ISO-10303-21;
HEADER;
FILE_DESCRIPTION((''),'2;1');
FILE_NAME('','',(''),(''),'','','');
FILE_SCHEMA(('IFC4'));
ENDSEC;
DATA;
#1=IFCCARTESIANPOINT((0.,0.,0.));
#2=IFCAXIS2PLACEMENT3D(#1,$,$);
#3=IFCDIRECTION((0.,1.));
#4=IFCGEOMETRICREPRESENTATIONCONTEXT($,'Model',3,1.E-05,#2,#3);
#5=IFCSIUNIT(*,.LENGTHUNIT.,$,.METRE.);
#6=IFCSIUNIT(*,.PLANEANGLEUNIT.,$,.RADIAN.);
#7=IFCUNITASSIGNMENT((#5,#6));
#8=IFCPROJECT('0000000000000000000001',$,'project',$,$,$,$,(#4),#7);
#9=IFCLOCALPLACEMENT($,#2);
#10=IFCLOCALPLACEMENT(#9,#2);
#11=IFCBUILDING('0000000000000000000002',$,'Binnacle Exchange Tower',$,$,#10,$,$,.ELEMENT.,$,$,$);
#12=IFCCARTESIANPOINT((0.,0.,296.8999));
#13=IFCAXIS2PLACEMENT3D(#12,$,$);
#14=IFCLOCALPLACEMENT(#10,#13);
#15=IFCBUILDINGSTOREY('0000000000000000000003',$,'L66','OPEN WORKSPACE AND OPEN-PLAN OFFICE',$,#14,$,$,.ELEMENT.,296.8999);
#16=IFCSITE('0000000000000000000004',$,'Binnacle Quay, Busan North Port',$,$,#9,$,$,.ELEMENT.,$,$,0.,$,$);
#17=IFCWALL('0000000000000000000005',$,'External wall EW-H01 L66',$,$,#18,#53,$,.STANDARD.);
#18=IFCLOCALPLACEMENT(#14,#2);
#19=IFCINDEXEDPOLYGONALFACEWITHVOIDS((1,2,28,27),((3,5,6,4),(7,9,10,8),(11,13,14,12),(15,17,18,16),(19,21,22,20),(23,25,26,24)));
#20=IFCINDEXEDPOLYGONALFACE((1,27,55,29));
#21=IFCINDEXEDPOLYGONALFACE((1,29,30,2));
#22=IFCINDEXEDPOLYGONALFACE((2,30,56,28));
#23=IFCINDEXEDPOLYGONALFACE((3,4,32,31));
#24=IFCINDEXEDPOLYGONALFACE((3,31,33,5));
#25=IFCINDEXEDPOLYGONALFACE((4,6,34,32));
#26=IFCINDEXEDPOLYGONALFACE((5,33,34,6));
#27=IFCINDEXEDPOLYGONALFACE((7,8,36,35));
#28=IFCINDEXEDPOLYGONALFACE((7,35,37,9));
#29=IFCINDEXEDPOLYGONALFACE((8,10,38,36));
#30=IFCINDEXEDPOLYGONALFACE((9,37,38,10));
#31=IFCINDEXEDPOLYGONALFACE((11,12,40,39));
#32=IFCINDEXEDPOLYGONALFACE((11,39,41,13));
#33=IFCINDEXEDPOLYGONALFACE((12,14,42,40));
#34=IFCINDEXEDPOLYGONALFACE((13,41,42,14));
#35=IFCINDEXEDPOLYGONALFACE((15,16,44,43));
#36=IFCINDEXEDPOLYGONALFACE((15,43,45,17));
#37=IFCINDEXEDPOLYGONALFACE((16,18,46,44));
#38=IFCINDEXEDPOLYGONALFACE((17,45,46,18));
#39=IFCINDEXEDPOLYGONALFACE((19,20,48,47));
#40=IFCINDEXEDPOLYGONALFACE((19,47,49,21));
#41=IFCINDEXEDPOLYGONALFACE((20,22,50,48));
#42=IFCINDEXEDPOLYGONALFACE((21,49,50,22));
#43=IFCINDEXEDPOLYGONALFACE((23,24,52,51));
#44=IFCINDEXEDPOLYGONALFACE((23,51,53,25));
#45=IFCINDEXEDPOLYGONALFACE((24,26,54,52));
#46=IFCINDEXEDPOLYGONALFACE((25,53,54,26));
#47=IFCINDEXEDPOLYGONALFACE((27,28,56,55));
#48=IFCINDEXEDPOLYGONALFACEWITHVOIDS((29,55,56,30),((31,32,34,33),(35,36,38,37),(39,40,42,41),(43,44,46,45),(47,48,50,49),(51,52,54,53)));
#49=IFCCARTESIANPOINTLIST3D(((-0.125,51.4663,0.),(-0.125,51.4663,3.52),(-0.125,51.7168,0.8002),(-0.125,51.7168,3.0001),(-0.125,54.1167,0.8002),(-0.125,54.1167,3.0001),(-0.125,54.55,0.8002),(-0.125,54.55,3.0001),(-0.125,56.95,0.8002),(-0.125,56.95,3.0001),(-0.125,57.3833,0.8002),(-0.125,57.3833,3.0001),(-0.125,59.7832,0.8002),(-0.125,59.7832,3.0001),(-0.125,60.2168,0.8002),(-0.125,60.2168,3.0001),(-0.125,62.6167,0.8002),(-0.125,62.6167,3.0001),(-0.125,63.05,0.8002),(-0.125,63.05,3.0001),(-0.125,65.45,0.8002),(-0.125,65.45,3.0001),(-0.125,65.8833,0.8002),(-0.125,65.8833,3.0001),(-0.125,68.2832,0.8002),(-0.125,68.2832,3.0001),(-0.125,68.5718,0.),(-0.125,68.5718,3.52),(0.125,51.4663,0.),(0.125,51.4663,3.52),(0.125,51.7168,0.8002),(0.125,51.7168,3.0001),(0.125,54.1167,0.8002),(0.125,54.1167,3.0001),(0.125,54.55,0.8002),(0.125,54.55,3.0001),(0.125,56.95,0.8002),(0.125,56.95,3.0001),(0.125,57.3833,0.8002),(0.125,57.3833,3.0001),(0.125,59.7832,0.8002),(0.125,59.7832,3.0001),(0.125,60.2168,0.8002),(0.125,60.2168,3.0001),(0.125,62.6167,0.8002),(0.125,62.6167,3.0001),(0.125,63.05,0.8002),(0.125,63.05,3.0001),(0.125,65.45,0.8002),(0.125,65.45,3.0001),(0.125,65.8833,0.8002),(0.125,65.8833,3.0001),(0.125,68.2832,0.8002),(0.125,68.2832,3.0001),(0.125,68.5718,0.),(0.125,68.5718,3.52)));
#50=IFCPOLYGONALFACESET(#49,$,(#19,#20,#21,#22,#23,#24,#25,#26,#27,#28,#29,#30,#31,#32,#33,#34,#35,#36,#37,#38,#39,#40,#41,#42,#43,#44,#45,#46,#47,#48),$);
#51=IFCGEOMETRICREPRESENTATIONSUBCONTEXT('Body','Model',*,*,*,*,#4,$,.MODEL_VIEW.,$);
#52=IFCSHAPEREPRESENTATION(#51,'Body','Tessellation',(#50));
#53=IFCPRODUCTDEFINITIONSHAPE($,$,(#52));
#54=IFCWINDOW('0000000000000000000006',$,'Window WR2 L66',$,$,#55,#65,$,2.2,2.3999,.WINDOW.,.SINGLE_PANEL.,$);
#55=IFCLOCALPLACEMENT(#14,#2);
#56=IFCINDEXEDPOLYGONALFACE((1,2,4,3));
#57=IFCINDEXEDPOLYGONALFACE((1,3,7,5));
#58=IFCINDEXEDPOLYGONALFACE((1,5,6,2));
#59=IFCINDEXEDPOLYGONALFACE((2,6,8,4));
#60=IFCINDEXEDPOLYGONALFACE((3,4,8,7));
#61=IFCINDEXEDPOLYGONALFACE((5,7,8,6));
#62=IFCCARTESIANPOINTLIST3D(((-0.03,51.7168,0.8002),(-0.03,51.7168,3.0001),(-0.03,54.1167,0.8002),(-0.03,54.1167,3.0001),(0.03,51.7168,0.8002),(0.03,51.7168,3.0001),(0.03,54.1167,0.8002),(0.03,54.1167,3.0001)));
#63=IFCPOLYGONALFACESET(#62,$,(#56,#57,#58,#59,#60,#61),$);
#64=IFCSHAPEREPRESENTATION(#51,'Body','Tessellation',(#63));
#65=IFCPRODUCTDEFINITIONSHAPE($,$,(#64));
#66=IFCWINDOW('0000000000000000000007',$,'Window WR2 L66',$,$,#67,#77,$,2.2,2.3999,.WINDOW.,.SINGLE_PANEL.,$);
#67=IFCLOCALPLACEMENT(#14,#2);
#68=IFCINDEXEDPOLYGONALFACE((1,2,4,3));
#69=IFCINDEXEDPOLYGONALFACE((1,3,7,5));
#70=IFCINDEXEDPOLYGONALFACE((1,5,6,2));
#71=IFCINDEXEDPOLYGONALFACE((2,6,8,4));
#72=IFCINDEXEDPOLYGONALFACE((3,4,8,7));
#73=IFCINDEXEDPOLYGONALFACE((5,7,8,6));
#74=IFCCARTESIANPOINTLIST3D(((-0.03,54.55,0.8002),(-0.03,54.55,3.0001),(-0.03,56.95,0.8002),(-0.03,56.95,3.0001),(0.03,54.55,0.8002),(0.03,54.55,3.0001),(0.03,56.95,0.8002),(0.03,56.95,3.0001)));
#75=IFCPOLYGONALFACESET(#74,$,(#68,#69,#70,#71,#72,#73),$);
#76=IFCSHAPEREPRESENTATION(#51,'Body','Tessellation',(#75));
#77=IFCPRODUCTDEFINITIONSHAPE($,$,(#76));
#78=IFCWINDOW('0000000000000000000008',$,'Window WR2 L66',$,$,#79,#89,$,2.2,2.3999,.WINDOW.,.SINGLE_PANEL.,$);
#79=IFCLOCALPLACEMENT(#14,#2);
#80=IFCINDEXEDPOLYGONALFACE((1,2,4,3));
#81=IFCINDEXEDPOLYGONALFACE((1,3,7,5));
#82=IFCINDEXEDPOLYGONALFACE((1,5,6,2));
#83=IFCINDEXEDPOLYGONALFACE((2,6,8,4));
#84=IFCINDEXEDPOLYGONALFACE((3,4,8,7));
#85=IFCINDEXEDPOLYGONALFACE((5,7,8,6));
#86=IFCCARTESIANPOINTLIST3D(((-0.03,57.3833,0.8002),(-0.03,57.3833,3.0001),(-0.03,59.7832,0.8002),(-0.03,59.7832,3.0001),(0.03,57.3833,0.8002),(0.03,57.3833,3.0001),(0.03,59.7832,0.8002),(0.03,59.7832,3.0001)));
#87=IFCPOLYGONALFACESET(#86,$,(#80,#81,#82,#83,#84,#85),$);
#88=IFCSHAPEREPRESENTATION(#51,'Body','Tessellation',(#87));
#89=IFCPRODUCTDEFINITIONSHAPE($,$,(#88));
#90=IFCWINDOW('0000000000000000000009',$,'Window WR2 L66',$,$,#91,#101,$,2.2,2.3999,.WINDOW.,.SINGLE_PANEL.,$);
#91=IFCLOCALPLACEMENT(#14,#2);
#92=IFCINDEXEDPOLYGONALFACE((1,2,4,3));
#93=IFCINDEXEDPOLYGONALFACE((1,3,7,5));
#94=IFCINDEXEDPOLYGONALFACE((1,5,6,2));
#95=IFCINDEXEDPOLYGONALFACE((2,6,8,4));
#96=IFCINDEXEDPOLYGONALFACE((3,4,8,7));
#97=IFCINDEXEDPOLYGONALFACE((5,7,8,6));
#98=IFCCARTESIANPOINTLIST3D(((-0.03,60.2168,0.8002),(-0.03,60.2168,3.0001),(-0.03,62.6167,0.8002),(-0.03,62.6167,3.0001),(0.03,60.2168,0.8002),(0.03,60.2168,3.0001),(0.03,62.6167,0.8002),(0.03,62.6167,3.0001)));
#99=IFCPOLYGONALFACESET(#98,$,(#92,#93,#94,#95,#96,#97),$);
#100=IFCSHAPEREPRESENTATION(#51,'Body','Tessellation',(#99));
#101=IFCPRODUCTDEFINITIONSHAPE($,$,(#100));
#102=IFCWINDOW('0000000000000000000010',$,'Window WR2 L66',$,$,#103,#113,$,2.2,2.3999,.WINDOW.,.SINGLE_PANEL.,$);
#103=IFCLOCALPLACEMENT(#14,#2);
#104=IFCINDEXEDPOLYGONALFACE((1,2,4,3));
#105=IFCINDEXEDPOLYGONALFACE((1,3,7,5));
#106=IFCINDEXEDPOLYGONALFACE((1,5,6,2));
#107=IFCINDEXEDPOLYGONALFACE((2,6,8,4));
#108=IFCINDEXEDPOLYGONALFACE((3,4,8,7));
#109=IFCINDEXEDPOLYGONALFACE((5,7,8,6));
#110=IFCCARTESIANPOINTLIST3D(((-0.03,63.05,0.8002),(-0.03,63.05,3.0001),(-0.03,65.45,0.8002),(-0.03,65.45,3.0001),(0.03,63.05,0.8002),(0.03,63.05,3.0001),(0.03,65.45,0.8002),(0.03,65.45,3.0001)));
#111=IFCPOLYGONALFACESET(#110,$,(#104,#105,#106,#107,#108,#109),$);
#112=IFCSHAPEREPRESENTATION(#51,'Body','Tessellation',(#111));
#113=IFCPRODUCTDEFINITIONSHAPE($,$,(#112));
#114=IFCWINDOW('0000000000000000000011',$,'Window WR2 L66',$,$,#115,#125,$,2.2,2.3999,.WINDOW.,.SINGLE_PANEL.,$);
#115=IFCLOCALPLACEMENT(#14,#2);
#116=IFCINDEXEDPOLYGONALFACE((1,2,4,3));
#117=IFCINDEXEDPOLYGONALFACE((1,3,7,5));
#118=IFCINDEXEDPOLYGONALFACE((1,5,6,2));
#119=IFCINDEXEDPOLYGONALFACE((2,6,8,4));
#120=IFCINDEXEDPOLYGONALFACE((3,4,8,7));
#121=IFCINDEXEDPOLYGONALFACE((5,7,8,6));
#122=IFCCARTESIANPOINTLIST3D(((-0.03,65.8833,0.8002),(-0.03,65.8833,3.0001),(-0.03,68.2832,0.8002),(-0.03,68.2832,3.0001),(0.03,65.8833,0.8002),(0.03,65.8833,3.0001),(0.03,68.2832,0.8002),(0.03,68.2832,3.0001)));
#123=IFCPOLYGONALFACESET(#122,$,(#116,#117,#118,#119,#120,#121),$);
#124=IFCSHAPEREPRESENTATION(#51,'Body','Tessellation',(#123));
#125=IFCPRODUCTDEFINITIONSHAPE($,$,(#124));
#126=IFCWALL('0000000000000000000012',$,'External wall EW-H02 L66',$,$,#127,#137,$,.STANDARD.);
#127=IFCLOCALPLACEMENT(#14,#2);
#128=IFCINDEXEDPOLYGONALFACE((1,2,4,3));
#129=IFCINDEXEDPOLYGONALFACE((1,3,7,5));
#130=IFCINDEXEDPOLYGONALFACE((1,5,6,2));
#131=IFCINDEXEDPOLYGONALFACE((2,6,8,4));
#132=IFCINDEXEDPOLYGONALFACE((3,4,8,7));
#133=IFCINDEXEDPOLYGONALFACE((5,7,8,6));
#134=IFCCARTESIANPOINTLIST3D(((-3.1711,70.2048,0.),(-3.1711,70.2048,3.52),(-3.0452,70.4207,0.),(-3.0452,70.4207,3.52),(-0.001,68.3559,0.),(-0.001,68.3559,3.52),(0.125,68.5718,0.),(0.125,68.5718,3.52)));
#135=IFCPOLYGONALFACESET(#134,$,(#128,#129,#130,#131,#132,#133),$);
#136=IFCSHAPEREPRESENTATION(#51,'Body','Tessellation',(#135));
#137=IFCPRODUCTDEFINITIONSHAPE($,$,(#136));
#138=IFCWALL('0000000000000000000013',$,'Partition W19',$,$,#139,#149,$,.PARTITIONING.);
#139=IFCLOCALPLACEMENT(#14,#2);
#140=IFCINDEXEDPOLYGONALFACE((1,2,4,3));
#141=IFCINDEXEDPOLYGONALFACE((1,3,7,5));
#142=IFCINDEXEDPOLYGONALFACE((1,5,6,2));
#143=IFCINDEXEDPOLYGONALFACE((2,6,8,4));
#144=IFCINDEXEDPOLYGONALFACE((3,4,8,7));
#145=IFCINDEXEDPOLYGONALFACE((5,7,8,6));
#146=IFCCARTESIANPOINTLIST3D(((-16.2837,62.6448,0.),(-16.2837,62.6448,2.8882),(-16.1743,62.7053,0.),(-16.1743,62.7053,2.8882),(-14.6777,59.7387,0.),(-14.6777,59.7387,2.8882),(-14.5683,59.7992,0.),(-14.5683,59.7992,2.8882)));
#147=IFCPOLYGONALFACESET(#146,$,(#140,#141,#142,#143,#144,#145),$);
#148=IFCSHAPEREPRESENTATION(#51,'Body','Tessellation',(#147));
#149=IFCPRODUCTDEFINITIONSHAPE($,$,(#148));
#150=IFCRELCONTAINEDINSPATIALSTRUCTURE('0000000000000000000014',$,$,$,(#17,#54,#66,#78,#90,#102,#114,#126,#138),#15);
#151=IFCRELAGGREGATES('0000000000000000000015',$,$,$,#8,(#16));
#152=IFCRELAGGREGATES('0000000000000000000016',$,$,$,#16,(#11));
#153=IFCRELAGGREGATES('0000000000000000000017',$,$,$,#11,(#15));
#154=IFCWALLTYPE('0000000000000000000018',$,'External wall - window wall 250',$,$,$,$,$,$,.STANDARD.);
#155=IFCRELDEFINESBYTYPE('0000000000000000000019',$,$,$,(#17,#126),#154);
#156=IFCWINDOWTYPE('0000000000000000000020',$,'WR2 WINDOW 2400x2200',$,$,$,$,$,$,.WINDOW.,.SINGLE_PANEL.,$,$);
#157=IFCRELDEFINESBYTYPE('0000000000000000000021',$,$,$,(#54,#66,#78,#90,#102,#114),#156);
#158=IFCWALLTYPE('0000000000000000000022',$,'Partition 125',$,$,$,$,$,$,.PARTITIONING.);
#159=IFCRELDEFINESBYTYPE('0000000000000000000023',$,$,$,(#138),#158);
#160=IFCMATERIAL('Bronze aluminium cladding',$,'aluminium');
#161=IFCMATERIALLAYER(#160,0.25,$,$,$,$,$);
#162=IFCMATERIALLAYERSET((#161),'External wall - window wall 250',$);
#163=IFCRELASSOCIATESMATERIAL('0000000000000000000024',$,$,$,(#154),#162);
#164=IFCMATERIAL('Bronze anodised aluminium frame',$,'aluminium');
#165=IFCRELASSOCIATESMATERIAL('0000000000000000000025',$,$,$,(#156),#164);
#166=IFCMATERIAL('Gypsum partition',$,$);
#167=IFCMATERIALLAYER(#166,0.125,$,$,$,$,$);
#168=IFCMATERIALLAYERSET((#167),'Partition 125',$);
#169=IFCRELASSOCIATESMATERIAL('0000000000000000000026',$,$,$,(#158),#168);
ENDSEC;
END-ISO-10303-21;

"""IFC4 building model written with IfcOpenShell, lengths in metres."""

from ifc_helpers import new_model, si_unit, direction, frame, frame_2d, origin, place, context, subcontext, project, spatial, rectangle, extrude, material, layer, layer_set, type_object, element, fill, save


model = new_model("IFC4")

# Units and contexts
model_context = context("Model", 3, precision=1e-05, world=origin(), true_north=direction((0.0, 1.0)))
body_context = subcontext(model_context, "Body", "Model", "MODEL_VIEW")
ifc_project = project(units=[si_unit("LENGTHUNIT", "METRE"), si_unit("PLANEANGLEUNIT", "RADIAN")], contexts=[model_context])

# Site, building, storey
site_placement = place(None, origin())
site = spatial("IfcSite", under=ifc_project, at=site_placement, Name="Binnacle Quay, Busan North Port", CompositionType="ELEMENT", RefElevation=0.0)
building_placement = place(site_placement, origin())
building = spatial("IfcBuilding", under=site, at=building_placement, Name="Binnacle Exchange Tower", CompositionType="ELEMENT")
storey_placement = place(building_placement, frame((0.0, 0.0, 296.8999)))
storey = spatial("IfcBuildingStorey", under=building, at=storey_placement, Name="L66", Description="OPEN WORKSPACE AND OPEN-PLAN OFFICE", CompositionType="ELEMENT", Elevation=296.8999)

# Wall, openings, windows
ifc_material_1 = material(Name="Bronze aluminium cladding", Category="aluminium")
ifc_layer_1 = layer(ifc_material_1, 0.25)
ifc_layer_set_1 = layer_set([ifc_layer_1], Name="External wall - window wall 250")
wall_type_1 = type_object("IfcWallType", Name="External wall - window wall 250", PredefinedType="STANDARD", material=ifc_layer_set_1)
wall_1_placement = place(storey_placement, frame((0.0, 68.5718, 0.0), z_axis=(0.0, 0.0, 1.0), x_axis=(0.0, -1.0, 0.0)))
wall_1 = element("IfcWall", 1, at=wall_1_placement, inside=storey, type_object=wall_type_1, Name="External wall EW-H01 L66", PredefinedType="STANDARD", context=body_context, shape_type="SweptSolid", body=[
    extrude(rectangle(XDim=17.1055, YDim=0.25, at=frame_2d((8.5527, 0.0))), origin(), (0.0, 0.0, 1.0), 3.52),
])
opening_1_placement = place(wall_1_placement, frame((14.4551, 0.0, 0.8)))
opening_1 = element("IfcOpeningElement", 2, at=opening_1_placement, cuts=wall_1, PredefinedType="OPENING", context=body_context, shape_type="SweptSolid", body=[
    extrude(rectangle(XDim=2.3999, YDim=2.2, at=frame_2d((1.2, 1.1001))), frame((0.0, 0.135, 0.0), z_axis=(0.0, -1.0, 0.0), x_axis=(1.0, 0.0, 0.0)), (0.0, 0.0, 1.0), 0.27),
])
opening_2_placement = place(wall_1_placement, frame((11.6218, 0.0, 0.8)))
opening_2 = element("IfcOpeningElement", 3, at=opening_2_placement, cuts=wall_1, PredefinedType="OPENING", context=body_context, shape_type="SweptSolid", body=[
    extrude(rectangle(XDim=2.3999, YDim=2.2, at=frame_2d((1.2, 1.1001))), frame((0.0, 0.135, 0.0), z_axis=(0.0, -1.0, 0.0), x_axis=(1.0, 0.0, 0.0)), (0.0, 0.0, 1.0), 0.27),
])
opening_3_placement = place(wall_1_placement, frame((8.7886, 0.0, 0.8)))
opening_3 = element("IfcOpeningElement", 4, at=opening_3_placement, cuts=wall_1, PredefinedType="OPENING", context=body_context, shape_type="SweptSolid", body=[
    extrude(rectangle(XDim=2.3999, YDim=2.2, at=frame_2d((1.2, 1.1001))), frame((0.0, 0.135, 0.0), z_axis=(0.0, -1.0, 0.0), x_axis=(1.0, 0.0, 0.0)), (0.0, 0.0, 1.0), 0.27),
])
opening_4_placement = place(wall_1_placement, frame((5.9551, 0.0, 0.8)))
opening_4 = element("IfcOpeningElement", 5, at=opening_4_placement, cuts=wall_1, PredefinedType="OPENING", context=body_context, shape_type="SweptSolid", body=[
    extrude(rectangle(XDim=2.3999, YDim=2.2, at=frame_2d((1.2, 1.1001))), frame((0.0, 0.135, 0.0), z_axis=(0.0, -1.0, 0.0), x_axis=(1.0, 0.0, 0.0)), (0.0, 0.0, 1.0), 0.27),
])
opening_5_placement = place(wall_1_placement, frame((3.1218, 0.0, 0.8)))
opening_5 = element("IfcOpeningElement", 6, at=opening_5_placement, cuts=wall_1, PredefinedType="OPENING", context=body_context, shape_type="SweptSolid", body=[
    extrude(rectangle(XDim=2.3999, YDim=2.2, at=frame_2d((1.2, 1.1001))), frame((0.0, 0.135, 0.0), z_axis=(0.0, -1.0, 0.0), x_axis=(1.0, 0.0, 0.0)), (0.0, 0.0, 1.0), 0.27),
])
opening_6_placement = place(wall_1_placement, frame((0.2886, 0.0, 0.8)))
opening_6 = element("IfcOpeningElement", 7, at=opening_6_placement, cuts=wall_1, PredefinedType="OPENING", context=body_context, shape_type="SweptSolid", body=[
    extrude(rectangle(XDim=2.3999, YDim=2.2, at=frame_2d((1.2, 1.1001))), frame((0.0, 0.135, 0.0), z_axis=(0.0, -1.0, 0.0), x_axis=(1.0, 0.0, 0.0)), (0.0, 0.0, 1.0), 0.27),
])
ifc_material_2 = material(Name="Bronze anodised aluminium frame", Category="aluminium")
window_type = type_object("IfcWindowType", Name="WR2 WINDOW 2400x2200", PartitioningType="SINGLE_PANEL", PredefinedType="WINDOW", material=ifc_material_2)
window_1_placement = place(opening_1_placement, origin())
window_1 = element("IfcWindow", 8, at=window_1_placement, inside=storey, type_object=window_type, Name="Window WR2 L66", OverallHeight=2.2, OverallWidth=2.3999, PartitioningType="SINGLE_PANEL", PredefinedType="WINDOW", context=body_context, shape_type="SweptSolid", body=[
    extrude(rectangle(XDim=2.3999, YDim=2.2, at=frame_2d((1.2, 1.1001))), frame((0.0, 0.03, 0.0), z_axis=(0.0, -1.0, 0.0), x_axis=(1.0, 0.0, 0.0)), (0.0, 0.0, 1.0), 0.0601),
])
fill(opening_1, window_1)
window_2_placement = place(opening_2_placement, origin())
window_2 = element("IfcWindow", 9, at=window_2_placement, inside=storey, type_object=window_type, Name="Window WR2 L66", OverallHeight=2.2, OverallWidth=2.3999, PartitioningType="SINGLE_PANEL", PredefinedType="WINDOW", context=body_context, shape_type="SweptSolid", body=[
    extrude(rectangle(XDim=2.3999, YDim=2.2, at=frame_2d((1.2, 1.1001))), frame((0.0, 0.03, 0.0), z_axis=(0.0, -1.0, 0.0), x_axis=(1.0, 0.0, 0.0)), (0.0, 0.0, 1.0), 0.0601),
])
fill(opening_2, window_2)
window_3_placement = place(opening_3_placement, origin())
window_3 = element("IfcWindow", 10, at=window_3_placement, inside=storey, type_object=window_type, Name="Window WR2 L66", OverallHeight=2.2, OverallWidth=2.3999, PartitioningType="SINGLE_PANEL", PredefinedType="WINDOW", context=body_context, shape_type="SweptSolid", body=[
    extrude(rectangle(XDim=2.3999, YDim=2.2, at=frame_2d((1.2, 1.1001))), frame((0.0, 0.03, 0.0), z_axis=(0.0, -1.0, 0.0), x_axis=(1.0, 0.0, 0.0)), (0.0, 0.0, 1.0), 0.0601),
])
fill(opening_3, window_3)
window_4_placement = place(opening_4_placement, origin())
window_4 = element("IfcWindow", 11, at=window_4_placement, inside=storey, type_object=window_type, Name="Window WR2 L66", OverallHeight=2.2, OverallWidth=2.3999, PartitioningType="SINGLE_PANEL", PredefinedType="WINDOW", context=body_context, shape_type="SweptSolid", body=[
    extrude(rectangle(XDim=2.3999, YDim=2.2, at=frame_2d((1.2, 1.1001))), frame((0.0, 0.03, 0.0), z_axis=(0.0, -1.0, 0.0), x_axis=(1.0, 0.0, 0.0)), (0.0, 0.0, 1.0), 0.0601),
])
fill(opening_4, window_4)
window_5_placement = place(opening_5_placement, origin())
window_5 = element("IfcWindow", 12, at=window_5_placement, inside=storey, type_object=window_type, Name="Window WR2 L66", OverallHeight=2.2, OverallWidth=2.3999, PartitioningType="SINGLE_PANEL", PredefinedType="WINDOW", context=body_context, shape_type="SweptSolid", body=[
    extrude(rectangle(XDim=2.3999, YDim=2.2, at=frame_2d((1.2, 1.1001))), frame((0.0, 0.03, 0.0), z_axis=(0.0, -1.0, 0.0), x_axis=(1.0, 0.0, 0.0)), (0.0, 0.0, 1.0), 0.0601),
])
fill(opening_5, window_5)
window_6_placement = place(opening_6_placement, origin())
window_6 = element("IfcWindow", 13, at=window_6_placement, inside=storey, type_object=window_type, Name="Window WR2 L66", OverallHeight=2.2, OverallWidth=2.3999, PartitioningType="SINGLE_PANEL", PredefinedType="WINDOW", context=body_context, shape_type="SweptSolid", body=[
    extrude(rectangle(XDim=2.3999, YDim=2.2, at=frame_2d((1.2, 1.1001))), frame((0.0, 0.03, 0.0), z_axis=(0.0, -1.0, 0.0), x_axis=(1.0, 0.0, 0.0)), (0.0, 0.0, 1.0), 0.0601),
])
fill(opening_6, window_6)

# Walls
wall_2_placement = place(storey_placement, frame((-3.1082, 70.3127, 0.0), z_axis=(0.0, 0.0, 1.0), x_axis=(0.863825, -0.503792, 0.0)))
element("IfcWall", 14, at=wall_2_placement, inside=storey, type_object=wall_type_1, Name="External wall EW-H02 L66", PredefinedType="STANDARD", context=body_context, shape_type="SweptSolid", body=[
    extrude(rectangle(XDim=3.6699, YDim=0.25, at=frame_2d((1.835, 0.0))), origin(), (0.0, 0.0, 1.0), 3.52),
])
ifc_material_3 = material(Name="Gypsum partition")
ifc_layer_2 = layer(ifc_material_3, 0.125)
ifc_layer_set_2 = layer_set([ifc_layer_2], Name="Partition 125")
wall_type_2 = type_object("IfcWallType", Name="Partition 125", PredefinedType="PARTITIONING", material=ifc_layer_set_2)
wall_3_placement = place(storey_placement, frame((-16.229, 62.675, 0.0), z_axis=(0.0, 0.0, 1.0), x_axis=(0.483688, -0.875241, 0.0)))
element("IfcWall", 15, at=wall_3_placement, inside=storey, type_object=wall_type_2, Name="Partition W19", PredefinedType="PARTITIONING", context=body_context, shape_type="SweptSolid", body=[
    extrude(rectangle(XDim=3.3203, YDim=0.125, at=frame_2d((1.6602, 0.0))), origin(), (0.0, 0.0, 1.0), 2.8882),
])

save(model, "model.ifc")
